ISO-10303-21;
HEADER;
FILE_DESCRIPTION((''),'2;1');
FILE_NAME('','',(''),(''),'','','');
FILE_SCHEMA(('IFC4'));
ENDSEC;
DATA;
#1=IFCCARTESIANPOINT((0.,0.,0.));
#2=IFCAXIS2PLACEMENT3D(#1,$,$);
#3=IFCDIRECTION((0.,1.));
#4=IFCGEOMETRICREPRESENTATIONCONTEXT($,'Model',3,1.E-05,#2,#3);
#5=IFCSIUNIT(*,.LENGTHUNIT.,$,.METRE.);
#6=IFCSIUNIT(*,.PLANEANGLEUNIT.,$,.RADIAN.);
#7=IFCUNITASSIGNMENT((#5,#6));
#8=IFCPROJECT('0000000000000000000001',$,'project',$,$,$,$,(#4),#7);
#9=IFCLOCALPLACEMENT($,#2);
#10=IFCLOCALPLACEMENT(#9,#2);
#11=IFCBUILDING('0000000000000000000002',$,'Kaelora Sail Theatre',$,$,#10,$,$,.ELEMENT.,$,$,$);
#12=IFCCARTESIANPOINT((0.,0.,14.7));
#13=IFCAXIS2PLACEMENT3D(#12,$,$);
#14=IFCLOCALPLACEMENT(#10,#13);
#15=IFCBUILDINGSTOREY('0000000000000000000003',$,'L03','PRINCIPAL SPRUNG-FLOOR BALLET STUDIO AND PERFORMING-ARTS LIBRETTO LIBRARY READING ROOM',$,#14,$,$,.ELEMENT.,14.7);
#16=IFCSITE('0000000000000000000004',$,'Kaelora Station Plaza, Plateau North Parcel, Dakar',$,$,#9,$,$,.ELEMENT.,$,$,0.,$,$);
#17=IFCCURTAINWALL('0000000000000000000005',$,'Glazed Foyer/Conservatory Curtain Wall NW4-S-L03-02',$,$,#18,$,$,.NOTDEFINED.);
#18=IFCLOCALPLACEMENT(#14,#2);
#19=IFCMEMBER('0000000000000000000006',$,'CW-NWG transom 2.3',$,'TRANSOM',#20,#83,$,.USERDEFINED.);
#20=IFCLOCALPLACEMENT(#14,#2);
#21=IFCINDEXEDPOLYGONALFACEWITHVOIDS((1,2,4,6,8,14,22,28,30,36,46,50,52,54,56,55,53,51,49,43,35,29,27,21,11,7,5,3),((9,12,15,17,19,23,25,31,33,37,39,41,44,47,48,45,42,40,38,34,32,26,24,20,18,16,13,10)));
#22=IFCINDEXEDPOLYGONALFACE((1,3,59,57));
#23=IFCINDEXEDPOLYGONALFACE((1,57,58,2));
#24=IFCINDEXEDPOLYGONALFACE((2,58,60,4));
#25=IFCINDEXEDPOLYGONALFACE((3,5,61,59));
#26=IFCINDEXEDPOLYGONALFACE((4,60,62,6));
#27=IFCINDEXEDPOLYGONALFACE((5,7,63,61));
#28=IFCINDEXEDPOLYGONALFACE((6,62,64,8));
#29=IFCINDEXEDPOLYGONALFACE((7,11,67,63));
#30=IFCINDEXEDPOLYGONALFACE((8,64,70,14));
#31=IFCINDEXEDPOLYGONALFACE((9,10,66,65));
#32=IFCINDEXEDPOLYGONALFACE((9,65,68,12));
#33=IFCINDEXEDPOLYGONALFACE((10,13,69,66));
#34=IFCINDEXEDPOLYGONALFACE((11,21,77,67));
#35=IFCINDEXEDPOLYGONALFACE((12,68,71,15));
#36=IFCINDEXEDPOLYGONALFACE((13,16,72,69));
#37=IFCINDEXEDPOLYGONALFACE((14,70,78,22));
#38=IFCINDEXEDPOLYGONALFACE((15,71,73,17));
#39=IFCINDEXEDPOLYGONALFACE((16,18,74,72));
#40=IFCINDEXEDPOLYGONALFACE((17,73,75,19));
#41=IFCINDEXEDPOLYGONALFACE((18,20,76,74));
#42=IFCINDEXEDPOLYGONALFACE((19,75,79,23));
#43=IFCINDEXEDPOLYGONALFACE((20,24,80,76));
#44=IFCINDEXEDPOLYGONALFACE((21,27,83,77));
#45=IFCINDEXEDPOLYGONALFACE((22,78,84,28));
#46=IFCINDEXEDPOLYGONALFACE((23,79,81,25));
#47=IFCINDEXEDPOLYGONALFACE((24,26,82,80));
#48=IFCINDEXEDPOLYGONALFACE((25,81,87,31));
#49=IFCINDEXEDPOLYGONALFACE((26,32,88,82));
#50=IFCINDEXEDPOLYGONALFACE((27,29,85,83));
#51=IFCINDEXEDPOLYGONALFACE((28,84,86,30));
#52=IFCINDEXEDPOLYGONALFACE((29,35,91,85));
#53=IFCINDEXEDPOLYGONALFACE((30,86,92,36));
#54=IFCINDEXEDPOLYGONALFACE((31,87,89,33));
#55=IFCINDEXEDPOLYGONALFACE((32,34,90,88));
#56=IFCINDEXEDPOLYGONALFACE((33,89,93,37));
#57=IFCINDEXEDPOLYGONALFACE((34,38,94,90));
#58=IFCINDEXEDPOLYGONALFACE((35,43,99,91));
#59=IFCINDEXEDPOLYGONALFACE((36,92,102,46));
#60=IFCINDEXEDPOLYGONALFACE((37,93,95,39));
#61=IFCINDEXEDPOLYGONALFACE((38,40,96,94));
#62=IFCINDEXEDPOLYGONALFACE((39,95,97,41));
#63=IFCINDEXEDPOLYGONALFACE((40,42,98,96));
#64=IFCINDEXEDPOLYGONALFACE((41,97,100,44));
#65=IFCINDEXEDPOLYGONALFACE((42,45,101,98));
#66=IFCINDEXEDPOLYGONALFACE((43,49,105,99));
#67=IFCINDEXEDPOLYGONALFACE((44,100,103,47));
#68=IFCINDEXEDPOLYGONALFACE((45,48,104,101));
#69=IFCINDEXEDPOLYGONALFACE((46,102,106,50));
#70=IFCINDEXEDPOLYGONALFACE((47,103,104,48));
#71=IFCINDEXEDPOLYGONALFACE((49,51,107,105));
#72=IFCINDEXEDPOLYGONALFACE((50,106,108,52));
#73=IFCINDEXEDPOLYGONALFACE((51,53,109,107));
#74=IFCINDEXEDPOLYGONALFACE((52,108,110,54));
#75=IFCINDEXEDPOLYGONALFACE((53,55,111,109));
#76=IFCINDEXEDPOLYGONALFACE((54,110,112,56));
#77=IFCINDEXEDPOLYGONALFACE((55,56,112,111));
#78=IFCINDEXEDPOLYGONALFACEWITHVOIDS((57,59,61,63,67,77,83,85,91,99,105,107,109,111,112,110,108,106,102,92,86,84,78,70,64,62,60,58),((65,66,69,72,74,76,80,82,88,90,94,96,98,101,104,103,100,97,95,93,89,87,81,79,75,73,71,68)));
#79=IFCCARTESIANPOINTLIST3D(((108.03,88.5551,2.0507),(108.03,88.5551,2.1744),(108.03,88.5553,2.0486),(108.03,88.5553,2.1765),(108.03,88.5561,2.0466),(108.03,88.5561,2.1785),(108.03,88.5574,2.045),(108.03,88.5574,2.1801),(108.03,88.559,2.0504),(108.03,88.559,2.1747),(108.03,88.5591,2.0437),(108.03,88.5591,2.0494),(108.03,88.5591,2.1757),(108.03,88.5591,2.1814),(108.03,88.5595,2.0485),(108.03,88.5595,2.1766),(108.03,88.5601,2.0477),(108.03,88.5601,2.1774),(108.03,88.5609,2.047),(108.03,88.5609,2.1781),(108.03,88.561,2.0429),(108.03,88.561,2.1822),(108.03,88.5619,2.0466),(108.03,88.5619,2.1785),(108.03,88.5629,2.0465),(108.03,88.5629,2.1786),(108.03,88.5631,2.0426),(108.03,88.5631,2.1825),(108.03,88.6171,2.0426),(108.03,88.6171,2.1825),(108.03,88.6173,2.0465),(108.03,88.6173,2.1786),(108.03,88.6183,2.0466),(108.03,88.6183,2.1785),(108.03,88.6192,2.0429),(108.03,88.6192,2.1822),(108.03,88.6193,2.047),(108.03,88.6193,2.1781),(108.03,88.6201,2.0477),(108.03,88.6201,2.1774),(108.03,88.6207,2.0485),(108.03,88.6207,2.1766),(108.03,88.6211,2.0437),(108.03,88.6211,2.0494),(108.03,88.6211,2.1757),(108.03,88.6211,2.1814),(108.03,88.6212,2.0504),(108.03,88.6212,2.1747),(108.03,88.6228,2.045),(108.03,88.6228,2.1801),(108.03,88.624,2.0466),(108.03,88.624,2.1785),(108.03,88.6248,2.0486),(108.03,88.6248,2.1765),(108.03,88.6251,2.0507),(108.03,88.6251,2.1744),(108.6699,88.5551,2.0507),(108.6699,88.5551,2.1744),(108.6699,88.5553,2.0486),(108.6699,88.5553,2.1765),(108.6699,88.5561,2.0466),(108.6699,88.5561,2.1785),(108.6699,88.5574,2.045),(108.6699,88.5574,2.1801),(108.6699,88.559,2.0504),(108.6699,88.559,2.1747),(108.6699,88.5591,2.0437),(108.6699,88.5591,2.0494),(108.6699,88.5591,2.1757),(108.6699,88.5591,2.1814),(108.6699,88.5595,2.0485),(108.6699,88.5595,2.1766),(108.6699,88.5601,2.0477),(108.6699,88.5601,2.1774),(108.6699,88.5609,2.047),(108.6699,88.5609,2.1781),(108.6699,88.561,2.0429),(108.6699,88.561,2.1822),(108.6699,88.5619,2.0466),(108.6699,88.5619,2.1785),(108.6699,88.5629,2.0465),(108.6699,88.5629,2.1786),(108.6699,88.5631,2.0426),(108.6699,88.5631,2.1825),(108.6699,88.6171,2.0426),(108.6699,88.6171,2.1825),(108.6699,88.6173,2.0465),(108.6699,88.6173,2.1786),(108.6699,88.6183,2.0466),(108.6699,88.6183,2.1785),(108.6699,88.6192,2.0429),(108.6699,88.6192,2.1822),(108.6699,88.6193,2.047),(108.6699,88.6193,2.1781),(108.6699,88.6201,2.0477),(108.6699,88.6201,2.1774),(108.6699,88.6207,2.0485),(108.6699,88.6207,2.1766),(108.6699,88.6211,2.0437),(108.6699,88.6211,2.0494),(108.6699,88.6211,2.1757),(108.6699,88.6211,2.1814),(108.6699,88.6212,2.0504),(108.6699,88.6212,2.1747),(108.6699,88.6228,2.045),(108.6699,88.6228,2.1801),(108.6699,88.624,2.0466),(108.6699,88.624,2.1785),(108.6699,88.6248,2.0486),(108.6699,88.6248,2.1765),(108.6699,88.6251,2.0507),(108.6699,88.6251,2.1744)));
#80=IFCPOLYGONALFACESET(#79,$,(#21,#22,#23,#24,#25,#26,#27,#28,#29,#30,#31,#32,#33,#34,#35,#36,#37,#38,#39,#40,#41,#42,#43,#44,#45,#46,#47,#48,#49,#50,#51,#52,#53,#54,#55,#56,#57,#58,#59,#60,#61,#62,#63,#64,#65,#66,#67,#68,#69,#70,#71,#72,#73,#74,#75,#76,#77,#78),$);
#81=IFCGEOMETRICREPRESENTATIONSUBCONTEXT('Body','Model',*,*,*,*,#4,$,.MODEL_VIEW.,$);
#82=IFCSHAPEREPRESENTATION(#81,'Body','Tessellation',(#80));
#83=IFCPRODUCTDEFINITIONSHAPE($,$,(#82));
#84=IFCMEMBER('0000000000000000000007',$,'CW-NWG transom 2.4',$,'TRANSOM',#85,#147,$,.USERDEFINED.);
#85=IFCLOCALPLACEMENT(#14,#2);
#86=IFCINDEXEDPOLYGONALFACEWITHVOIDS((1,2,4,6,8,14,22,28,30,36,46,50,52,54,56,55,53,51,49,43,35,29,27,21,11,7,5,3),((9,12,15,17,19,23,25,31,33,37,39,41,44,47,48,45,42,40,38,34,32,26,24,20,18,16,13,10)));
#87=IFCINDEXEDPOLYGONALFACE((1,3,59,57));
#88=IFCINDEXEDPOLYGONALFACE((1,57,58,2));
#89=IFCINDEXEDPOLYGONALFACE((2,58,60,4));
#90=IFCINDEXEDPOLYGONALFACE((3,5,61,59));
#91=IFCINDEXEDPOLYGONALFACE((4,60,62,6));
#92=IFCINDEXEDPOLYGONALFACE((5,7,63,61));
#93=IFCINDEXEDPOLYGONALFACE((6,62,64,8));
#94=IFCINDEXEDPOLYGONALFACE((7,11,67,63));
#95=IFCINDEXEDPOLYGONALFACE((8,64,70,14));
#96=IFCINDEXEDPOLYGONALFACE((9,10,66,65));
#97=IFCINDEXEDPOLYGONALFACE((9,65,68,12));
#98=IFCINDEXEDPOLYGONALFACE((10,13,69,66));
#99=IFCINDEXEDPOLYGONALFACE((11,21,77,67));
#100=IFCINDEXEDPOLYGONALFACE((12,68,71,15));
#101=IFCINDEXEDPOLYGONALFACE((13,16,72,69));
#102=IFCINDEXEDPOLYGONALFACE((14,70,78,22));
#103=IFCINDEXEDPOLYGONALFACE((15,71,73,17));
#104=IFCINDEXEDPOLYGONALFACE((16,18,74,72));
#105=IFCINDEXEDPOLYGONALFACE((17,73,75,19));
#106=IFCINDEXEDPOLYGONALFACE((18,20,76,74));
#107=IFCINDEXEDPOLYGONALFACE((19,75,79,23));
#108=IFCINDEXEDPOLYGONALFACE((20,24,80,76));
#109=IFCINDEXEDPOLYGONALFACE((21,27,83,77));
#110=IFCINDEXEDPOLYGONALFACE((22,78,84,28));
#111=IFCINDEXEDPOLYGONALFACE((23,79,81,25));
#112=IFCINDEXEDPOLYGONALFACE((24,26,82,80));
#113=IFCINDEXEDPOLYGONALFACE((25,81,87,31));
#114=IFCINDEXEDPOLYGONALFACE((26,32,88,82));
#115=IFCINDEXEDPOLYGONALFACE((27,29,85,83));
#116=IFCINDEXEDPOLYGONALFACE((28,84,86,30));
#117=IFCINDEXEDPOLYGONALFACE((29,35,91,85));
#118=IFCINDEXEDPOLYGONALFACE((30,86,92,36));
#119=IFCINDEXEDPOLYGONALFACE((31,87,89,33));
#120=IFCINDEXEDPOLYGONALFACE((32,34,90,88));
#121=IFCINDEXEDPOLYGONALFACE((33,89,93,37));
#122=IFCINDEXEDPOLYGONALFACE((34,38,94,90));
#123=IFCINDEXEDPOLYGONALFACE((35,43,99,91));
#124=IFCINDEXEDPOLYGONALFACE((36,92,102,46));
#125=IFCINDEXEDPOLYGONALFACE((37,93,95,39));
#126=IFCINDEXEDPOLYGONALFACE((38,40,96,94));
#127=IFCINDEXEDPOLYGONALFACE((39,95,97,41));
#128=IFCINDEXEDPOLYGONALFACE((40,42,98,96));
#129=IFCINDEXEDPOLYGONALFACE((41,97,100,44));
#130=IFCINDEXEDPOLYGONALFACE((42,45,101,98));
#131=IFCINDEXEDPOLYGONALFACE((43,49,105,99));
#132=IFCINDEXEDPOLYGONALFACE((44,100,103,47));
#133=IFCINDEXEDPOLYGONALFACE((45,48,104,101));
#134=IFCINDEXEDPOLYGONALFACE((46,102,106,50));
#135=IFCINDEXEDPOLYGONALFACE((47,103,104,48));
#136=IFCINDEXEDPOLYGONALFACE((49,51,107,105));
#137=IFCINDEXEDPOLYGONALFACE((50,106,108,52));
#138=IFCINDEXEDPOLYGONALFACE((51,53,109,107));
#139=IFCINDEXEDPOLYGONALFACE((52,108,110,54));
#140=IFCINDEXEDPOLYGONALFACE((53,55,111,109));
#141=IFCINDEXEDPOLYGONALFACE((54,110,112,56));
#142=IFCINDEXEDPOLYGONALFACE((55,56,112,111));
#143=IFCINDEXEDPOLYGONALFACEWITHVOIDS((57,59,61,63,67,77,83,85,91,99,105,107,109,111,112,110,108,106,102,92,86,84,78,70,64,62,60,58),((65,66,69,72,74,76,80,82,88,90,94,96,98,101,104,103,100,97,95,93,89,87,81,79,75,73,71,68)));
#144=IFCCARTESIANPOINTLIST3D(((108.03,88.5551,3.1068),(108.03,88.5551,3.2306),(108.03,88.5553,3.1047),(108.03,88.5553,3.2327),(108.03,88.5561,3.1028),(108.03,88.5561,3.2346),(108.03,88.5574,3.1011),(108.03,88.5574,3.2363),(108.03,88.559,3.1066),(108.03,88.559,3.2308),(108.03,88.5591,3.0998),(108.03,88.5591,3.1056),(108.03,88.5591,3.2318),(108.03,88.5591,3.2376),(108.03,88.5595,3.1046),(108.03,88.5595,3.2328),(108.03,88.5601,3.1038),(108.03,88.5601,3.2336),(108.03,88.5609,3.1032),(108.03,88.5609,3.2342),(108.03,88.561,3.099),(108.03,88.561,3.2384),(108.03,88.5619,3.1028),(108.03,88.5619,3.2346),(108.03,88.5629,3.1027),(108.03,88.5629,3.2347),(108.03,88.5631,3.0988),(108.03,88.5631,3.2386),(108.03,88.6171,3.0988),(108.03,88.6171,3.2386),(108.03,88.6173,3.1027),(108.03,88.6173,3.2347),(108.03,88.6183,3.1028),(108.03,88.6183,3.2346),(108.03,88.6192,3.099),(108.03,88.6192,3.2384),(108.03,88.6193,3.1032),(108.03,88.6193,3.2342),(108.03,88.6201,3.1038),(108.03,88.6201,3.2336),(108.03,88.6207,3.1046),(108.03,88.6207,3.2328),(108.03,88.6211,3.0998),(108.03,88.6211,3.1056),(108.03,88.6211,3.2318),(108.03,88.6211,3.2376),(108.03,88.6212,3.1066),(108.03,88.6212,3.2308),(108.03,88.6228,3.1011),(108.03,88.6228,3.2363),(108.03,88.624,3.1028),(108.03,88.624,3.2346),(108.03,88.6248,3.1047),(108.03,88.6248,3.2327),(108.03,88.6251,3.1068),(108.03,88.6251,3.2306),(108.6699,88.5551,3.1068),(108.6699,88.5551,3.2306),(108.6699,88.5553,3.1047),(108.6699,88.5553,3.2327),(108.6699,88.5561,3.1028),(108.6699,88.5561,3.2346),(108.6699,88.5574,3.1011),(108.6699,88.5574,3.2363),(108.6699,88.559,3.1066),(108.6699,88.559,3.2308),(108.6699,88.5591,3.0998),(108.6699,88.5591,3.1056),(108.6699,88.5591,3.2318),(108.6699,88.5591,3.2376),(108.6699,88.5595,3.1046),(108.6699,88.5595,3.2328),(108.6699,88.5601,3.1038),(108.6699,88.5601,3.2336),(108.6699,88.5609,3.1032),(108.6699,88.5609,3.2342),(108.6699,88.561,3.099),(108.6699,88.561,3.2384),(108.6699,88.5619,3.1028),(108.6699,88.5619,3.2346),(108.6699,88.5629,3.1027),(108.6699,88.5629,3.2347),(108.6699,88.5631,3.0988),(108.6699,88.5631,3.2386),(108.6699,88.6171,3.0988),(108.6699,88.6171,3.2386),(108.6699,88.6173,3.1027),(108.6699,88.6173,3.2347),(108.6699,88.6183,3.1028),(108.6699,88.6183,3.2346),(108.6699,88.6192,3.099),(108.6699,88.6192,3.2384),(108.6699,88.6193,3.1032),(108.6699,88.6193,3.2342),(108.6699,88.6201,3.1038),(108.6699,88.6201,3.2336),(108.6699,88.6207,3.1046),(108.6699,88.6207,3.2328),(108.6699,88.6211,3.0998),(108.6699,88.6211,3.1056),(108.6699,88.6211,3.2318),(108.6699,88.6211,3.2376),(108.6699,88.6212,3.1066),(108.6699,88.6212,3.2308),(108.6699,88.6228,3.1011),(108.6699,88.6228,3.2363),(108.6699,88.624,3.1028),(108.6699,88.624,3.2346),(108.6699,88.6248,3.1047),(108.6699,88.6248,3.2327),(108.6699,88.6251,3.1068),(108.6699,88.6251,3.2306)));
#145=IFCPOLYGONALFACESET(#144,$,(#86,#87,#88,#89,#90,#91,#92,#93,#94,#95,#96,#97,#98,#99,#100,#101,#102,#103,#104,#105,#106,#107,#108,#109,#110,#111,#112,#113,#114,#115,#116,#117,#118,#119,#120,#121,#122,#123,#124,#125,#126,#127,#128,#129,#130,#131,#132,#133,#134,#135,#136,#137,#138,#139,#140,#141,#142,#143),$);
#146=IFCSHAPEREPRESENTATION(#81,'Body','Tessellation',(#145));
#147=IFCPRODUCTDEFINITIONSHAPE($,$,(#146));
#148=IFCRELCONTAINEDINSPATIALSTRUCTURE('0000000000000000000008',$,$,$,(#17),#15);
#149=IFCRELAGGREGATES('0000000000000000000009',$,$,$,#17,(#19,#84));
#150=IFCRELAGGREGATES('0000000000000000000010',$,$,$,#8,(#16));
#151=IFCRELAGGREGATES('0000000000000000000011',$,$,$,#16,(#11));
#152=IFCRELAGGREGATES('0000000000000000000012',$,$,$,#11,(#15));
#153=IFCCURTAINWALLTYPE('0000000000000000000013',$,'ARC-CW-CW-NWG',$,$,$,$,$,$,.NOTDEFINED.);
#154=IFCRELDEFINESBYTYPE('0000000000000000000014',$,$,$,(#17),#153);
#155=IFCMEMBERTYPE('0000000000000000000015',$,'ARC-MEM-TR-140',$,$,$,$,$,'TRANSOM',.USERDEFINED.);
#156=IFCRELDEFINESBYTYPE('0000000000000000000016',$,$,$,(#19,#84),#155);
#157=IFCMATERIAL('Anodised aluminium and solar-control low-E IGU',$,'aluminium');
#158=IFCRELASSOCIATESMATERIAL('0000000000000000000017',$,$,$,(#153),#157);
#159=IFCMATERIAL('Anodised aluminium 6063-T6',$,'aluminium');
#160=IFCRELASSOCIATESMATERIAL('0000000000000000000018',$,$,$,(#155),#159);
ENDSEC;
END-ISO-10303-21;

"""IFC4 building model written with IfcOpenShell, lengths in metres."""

from ifc_helpers import new_model, si_unit, direction, frame, origin, origin_2d, place, context, subcontext, project, spatial, hollow_rectangle, extrude, material, material_profile, profile_set, type_object, element, aggregate, save


model = new_model("IFC4")

# Units and contexts
model_context = context("Model", 3, precision=1e-05, world=origin(), true_north=direction((0.0, 1.0)))
body_context = subcontext(model_context, "Body", "Model", "MODEL_VIEW")
ifc_project = project(units=[si_unit("LENGTHUNIT", "METRE"), si_unit("PLANEANGLEUNIT", "RADIAN")], contexts=[model_context])

# Site, building, storey
site_placement = place(None, origin())
site = spatial("IfcSite", under=ifc_project, at=site_placement, Name="Kaelora Station Plaza, Plateau North Parcel, Dakar", CompositionType="ELEMENT", RefElevation=0.0)
building_placement = place(site_placement, origin())
building = spatial("IfcBuilding", under=site, at=building_placement, Name="Kaelora Sail Theatre", CompositionType="ELEMENT")
storey_placement = place(building_placement, frame((0.0, 0.0, 14.7)))
storey = spatial("IfcBuildingStorey", under=building, at=storey_placement, Name="L03", Description="PRINCIPAL SPRUNG-FLOOR BALLET STUDIO AND PERFORMING-ARTS LIBRETTO LIBRARY READING ROOM", CompositionType="ELEMENT", Elevation=14.7)

# Curtain wall, members
ifc_material_1 = material(Name="Anodised aluminium and solar-control low-E IGU", Category="aluminium")
curtain_wall_type = type_object("IfcCurtainWallType", Name="ARC-CW-CW-NWG", PredefinedType="NOTDEFINED", material=ifc_material_1)
curtain_wall_placement = place(storey_placement, origin())
curtain_wall = element("IfcCurtainWall", 1, at=curtain_wall_placement, inside=storey, type_object=curtain_wall_type, Name="Glazed Foyer/Conservatory Curtain Wall NW4-S-L03-02", PredefinedType="NOTDEFINED")
ifc_material_2 = material(Name="Anodised aluminium 6063-T6", Category="aluminium")
ifc_material_profile_1 = material_profile(ifc_material_2, hollow_rectangle(XDim=0.0701, YDim=0.1399, WallThickness=0.0039, InnerFilletRadius=0.0039, OuterFilletRadius=0.0081, at=origin_2d()), Name="ALU-TRAN 70x140x4")
ifc_profile_set_1 = profile_set([ifc_material_profile_1], Name="Anodised aluminium 6063-T6")
member_type_1 = type_object("IfcMemberType", Name="ARC-MEM-TR-140", ElementType="TRANSOM", PredefinedType="USERDEFINED", material=ifc_profile_set_1)
member_1_placement = place(storey_placement, frame((108.03, 88.5901, 2.1125), z_axis=(1.0, 0.0, 0.0), x_axis=(0.0, 1.0, 0.0)))
member_1 = element("IfcMember", 2, at=member_1_placement, type_object=member_type_1, Name="CW-NWG transom 2.3", ObjectType="TRANSOM", PredefinedType="USERDEFINED", context=body_context, shape_type="SweptSolid", body=[
    extrude(hollow_rectangle(XDim=0.0701, YDim=0.1399, WallThickness=0.0039, InnerFilletRadius=0.0039, OuterFilletRadius=0.0081, at=origin_2d()), origin(), (0.0, 0.0, 1.0), 0.6399),
])
member_2_placement = place(storey_placement, frame((108.03, 88.5901, 3.1687), z_axis=(1.0, 0.0, 0.0), x_axis=(0.0, 1.0, 0.0)))
member_2 = element("IfcMember", 3, at=member_2_placement, type_object=member_type_1, Name="CW-NWG transom 2.4", ObjectType="TRANSOM", PredefinedType="USERDEFINED", context=body_context, shape_type="SweptSolid", body=[
    extrude(hollow_rectangle(XDim=0.0701, YDim=0.1399, WallThickness=0.0039, InnerFilletRadius=0.0039, OuterFilletRadius=0.0081, at=origin_2d()), origin(), (0.0, 0.0, 1.0), 0.6399),
])
aggregate(curtain_wall, [member_1, member_2])

save(model, "model.ifc")
